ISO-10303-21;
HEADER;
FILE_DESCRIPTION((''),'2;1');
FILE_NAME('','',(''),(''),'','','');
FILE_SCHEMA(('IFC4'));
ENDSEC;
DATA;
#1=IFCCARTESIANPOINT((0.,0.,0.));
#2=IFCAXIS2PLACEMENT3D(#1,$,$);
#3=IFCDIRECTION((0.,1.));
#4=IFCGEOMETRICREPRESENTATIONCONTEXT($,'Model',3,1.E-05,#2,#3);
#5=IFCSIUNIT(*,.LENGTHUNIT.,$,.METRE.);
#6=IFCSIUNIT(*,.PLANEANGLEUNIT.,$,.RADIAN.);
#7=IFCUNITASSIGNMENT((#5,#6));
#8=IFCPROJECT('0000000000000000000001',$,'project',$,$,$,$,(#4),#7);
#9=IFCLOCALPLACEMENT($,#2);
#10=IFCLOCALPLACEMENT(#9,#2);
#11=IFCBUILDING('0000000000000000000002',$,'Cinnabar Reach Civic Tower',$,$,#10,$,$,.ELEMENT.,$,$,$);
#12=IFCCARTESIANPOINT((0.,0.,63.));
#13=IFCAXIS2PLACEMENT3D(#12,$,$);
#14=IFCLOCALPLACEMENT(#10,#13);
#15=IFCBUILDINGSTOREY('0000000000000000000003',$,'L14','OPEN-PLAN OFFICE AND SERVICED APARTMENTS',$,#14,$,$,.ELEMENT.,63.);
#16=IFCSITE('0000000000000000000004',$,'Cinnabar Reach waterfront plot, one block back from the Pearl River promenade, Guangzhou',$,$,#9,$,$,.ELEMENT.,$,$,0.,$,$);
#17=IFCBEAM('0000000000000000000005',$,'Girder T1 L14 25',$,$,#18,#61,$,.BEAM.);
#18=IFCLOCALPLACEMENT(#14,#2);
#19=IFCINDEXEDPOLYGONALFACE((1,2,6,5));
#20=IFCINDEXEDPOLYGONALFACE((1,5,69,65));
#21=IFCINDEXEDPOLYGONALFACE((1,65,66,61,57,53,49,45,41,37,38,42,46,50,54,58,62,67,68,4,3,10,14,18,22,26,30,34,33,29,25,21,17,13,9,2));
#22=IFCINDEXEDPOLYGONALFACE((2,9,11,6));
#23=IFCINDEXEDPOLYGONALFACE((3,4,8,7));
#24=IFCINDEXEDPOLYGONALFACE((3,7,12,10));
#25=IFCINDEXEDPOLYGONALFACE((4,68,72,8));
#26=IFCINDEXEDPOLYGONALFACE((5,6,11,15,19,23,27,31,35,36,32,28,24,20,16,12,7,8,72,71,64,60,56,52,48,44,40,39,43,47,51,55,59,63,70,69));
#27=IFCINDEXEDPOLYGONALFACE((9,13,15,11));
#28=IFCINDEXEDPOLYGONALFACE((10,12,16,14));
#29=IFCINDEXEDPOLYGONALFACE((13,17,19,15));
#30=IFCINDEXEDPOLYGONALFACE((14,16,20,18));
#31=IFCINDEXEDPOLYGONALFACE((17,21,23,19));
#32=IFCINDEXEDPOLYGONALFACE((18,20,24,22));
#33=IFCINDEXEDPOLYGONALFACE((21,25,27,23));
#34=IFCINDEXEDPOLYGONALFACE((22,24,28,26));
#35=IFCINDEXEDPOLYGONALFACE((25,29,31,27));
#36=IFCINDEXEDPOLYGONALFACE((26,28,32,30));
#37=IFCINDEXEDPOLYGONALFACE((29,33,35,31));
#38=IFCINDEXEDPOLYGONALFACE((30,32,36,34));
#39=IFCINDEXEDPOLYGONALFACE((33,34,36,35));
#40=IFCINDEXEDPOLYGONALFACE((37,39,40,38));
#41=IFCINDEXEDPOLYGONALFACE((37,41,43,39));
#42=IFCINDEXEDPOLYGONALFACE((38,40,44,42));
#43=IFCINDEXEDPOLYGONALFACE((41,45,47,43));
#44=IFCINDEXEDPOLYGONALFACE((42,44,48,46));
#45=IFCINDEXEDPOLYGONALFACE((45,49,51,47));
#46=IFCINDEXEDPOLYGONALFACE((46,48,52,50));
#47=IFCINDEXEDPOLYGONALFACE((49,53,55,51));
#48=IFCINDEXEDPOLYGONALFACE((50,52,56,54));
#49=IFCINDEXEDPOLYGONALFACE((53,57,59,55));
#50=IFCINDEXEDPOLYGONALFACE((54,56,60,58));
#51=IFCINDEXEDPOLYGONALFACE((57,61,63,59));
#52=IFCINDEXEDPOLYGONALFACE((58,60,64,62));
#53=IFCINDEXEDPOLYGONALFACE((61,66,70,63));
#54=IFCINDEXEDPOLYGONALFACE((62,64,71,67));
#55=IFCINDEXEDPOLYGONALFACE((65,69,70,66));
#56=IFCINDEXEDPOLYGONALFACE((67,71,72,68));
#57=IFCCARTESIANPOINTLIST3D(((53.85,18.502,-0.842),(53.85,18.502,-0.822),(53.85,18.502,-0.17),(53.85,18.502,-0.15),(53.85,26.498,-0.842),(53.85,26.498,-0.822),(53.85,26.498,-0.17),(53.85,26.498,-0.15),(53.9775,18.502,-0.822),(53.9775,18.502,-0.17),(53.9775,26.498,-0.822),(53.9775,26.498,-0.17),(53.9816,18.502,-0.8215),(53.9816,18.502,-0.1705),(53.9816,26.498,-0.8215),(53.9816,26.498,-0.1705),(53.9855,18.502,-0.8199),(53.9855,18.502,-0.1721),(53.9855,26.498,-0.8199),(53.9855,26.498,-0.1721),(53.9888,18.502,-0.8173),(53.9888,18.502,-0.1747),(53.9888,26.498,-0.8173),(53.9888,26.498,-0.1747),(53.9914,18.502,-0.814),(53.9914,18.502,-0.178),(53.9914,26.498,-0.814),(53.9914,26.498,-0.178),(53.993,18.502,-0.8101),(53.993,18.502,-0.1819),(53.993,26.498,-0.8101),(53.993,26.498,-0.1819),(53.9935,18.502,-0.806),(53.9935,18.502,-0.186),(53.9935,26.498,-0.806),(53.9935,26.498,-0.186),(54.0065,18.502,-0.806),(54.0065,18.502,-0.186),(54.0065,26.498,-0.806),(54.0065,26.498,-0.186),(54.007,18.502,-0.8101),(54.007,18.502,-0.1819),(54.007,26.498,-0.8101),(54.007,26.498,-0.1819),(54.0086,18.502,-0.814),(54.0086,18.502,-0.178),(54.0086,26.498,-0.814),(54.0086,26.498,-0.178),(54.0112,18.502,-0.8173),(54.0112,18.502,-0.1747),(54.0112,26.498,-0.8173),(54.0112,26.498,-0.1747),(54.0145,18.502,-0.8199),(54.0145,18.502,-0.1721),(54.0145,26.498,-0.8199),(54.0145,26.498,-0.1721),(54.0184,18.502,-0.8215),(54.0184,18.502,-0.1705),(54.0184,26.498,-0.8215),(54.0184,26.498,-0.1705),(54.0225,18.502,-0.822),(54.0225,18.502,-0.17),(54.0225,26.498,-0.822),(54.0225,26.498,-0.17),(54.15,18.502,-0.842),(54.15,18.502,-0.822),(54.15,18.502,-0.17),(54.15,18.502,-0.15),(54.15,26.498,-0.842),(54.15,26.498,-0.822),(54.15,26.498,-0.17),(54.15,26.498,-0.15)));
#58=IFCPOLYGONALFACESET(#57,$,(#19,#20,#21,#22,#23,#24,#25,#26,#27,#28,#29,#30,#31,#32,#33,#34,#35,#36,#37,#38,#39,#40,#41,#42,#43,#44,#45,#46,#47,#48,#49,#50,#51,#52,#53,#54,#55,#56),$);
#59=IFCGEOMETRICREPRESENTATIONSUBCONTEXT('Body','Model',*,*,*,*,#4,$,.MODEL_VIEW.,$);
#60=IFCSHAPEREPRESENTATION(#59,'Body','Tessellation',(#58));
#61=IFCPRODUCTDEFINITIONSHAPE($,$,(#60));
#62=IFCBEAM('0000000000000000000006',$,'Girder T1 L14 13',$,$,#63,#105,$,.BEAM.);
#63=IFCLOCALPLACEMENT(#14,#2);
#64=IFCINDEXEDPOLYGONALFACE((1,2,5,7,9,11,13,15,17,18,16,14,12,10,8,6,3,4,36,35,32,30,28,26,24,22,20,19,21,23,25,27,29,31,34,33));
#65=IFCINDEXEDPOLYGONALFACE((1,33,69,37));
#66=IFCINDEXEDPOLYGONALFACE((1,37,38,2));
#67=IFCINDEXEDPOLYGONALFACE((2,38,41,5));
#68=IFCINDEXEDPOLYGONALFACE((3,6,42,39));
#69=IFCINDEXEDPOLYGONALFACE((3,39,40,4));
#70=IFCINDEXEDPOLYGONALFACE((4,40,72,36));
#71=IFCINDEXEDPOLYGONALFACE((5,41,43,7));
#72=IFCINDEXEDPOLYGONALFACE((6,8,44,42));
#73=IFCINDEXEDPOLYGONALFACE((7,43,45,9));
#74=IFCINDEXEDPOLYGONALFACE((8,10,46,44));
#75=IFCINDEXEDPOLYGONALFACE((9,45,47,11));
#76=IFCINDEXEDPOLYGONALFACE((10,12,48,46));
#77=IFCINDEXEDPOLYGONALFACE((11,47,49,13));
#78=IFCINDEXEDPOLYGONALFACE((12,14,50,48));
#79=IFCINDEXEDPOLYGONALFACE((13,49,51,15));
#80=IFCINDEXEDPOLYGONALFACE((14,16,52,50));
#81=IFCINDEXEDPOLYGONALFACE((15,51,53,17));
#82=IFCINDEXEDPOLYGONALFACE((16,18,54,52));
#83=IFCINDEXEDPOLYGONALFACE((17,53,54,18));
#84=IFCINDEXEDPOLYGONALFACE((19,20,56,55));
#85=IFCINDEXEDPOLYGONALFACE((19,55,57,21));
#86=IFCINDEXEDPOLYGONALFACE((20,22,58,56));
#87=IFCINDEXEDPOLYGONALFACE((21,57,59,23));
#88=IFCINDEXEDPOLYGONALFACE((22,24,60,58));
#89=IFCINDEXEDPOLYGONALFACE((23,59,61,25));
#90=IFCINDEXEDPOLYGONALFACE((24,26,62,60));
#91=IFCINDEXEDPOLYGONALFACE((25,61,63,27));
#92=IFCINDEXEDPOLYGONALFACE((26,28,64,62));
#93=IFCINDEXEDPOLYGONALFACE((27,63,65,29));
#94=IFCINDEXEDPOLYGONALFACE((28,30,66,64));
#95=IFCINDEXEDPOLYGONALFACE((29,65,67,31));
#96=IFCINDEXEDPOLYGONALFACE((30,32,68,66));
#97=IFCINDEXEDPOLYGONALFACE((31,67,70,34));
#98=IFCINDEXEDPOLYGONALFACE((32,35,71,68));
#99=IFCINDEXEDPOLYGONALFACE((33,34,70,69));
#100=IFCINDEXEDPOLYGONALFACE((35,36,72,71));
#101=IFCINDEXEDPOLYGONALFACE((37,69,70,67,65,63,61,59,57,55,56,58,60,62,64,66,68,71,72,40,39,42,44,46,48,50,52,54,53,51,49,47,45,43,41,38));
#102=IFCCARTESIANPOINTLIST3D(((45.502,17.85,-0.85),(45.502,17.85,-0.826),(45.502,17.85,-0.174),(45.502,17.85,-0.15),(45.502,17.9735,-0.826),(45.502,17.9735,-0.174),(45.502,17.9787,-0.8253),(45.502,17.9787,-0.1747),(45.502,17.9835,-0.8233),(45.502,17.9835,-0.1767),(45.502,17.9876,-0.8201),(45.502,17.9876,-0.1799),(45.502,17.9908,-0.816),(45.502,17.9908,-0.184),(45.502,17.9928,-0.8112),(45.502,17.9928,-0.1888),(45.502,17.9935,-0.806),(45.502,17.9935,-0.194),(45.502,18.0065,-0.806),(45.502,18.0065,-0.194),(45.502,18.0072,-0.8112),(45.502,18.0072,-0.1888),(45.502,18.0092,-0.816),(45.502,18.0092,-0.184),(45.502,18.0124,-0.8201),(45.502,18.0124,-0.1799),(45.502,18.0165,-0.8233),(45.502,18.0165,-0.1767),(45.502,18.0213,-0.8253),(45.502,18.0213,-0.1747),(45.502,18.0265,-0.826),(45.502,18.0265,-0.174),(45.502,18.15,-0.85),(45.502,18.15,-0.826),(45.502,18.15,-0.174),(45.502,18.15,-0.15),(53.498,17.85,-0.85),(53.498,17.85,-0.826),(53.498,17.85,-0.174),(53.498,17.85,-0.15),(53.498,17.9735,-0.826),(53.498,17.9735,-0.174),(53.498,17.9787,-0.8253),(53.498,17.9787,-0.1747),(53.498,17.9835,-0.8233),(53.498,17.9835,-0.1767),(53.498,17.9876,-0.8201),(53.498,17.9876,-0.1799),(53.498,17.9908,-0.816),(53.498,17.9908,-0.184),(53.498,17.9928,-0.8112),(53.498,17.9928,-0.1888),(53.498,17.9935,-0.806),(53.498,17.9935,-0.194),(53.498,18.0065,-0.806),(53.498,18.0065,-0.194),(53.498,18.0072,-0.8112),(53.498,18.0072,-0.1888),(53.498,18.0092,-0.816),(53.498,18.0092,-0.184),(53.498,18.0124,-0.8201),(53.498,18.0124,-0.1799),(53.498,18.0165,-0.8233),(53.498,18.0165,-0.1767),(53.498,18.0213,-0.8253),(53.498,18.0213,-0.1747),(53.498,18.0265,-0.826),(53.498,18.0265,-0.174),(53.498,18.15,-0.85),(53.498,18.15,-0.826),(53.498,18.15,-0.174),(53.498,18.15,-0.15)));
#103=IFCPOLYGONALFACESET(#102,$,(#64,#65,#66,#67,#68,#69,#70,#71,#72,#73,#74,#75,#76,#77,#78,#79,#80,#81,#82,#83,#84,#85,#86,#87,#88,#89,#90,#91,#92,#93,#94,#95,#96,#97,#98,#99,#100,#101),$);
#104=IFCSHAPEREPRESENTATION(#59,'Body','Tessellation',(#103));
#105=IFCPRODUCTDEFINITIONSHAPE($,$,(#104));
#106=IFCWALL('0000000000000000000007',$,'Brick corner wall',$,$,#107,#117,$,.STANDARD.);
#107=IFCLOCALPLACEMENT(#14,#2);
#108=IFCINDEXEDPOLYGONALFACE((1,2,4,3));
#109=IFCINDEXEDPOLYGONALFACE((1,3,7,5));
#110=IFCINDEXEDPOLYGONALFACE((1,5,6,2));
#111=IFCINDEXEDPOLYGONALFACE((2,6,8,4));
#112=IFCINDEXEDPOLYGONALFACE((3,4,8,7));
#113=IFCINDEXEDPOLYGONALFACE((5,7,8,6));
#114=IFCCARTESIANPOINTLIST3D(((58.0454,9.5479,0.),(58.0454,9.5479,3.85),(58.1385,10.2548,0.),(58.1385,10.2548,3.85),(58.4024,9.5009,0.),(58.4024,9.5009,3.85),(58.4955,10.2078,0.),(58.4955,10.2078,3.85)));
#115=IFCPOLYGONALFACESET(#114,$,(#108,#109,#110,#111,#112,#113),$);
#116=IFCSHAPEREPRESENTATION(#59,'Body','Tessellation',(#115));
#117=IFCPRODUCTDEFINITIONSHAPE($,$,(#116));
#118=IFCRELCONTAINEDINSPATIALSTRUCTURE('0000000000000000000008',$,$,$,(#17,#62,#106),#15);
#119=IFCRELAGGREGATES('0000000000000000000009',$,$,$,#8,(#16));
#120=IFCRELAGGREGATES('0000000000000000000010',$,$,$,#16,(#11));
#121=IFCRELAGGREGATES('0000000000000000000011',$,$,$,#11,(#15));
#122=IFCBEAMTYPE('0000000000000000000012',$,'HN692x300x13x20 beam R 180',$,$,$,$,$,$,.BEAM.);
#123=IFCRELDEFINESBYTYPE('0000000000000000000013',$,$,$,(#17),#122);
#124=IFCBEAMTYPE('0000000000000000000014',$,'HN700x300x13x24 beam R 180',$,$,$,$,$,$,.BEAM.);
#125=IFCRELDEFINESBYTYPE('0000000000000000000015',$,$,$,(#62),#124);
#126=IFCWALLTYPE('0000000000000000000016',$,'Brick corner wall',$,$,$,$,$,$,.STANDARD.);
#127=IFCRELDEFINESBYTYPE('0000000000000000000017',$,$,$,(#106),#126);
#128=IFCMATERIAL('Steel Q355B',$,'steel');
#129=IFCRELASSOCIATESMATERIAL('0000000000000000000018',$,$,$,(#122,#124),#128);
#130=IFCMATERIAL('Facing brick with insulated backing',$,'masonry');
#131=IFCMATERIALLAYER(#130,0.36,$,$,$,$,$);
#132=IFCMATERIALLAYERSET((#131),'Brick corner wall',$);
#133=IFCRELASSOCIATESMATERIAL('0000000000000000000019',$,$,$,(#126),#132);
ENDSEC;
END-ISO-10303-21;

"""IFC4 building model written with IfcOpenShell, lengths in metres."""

from ifc_helpers import new_model, si_unit, direction, frame, frame_2d, origin, origin_2d, place, context, subcontext, project, spatial, rectangle, i_section, extrude, material, layer, layer_set, material_profile, profile_set, type_object, element, save


model = new_model("IFC4")

# Units and contexts
model_context = context("Model", 3, precision=1e-05, world=origin(), true_north=direction((0.0, 1.0)))
body_context = subcontext(model_context, "Body", "Model", "MODEL_VIEW")
ifc_project = project(units=[si_unit("LENGTHUNIT", "METRE"), si_unit("PLANEANGLEUNIT", "RADIAN")], contexts=[model_context])

# Site, building, storey
site_placement = place(None, origin())
site = spatial("IfcSite", under=ifc_project, at=site_placement, Name="Cinnabar Reach waterfront plot, one block back from the Pearl River promenade, Guangzhou", CompositionType="ELEMENT", RefElevation=0.0)
building_placement = place(site_placement, origin())
building = spatial("IfcBuilding", under=site, at=building_placement, Name="Cinnabar Reach Civic Tower", CompositionType="ELEMENT")
storey_placement = place(building_placement, frame((0.0, 0.0, 63.0)))
storey = spatial("IfcBuildingStorey", under=building, at=storey_placement, Name="L14", Description="OPEN-PLAN OFFICE AND SERVICED APARTMENTS", CompositionType="ELEMENT", Elevation=63.0)

# Beams
ifc_material_1 = material(Name="Steel Q355B", Category="steel")
ifc_material_profile_1 = material_profile(ifc_material_1, i_section(OverallWidth=0.3, OverallDepth=0.692, WebThickness=0.013, FlangeThickness=0.02, FilletRadius=0.016, at=origin_2d()), Name="HN692x300x13x20")
ifc_profile_set_1 = profile_set([ifc_material_profile_1], Name="Steel Q355B")
beam_type_1 = type_object("IfcBeamType", Name="HN692x300x13x20 beam R 180", PredefinedType="BEAM", material=ifc_profile_set_1)
beam_1_placement = place(storey_placement, frame((54.0, 18.502, -0.496), z_axis=(0.0, 1.0, 0.0), x_axis=(-1.0, 0.0, 0.0)))
element("IfcBeam", 1, at=beam_1_placement, inside=storey, type_object=beam_type_1, Name="Girder T1 L14 25", PredefinedType="BEAM", context=body_context, shape_type="SweptSolid", body=[
    extrude(i_section(OverallWidth=0.3, OverallDepth=0.692, WebThickness=0.013, FlangeThickness=0.02, FilletRadius=0.016, at=origin_2d()), origin(), (0.0, 0.0, 1.0), 7.996),
])
ifc_material_profile_2 = material_profile(ifc_material_1, i_section(OverallWidth=0.3, OverallDepth=0.7, WebThickness=0.013, FlangeThickness=0.024, FilletRadius=0.02, at=origin_2d()), Name="HN700x300x13x24")
ifc_profile_set_2 = profile_set([ifc_material_profile_2], Name="Steel Q355B")
beam_type_2 = type_object("IfcBeamType", Name="HN700x300x13x24 beam R 180", PredefinedType="BEAM", material=ifc_profile_set_2)
beam_2_placement = place(storey_placement, frame((45.502, 18.0, -0.5), z_axis=(1.0, 0.0, 0.0), x_axis=(0.0, 1.0, 0.0)))
element("IfcBeam", 2, at=beam_2_placement, inside=storey, type_object=beam_type_2, Name="Girder T1 L14 13", PredefinedType="BEAM", context=body_context, shape_type="SweptSolid", body=[
    extrude(i_section(OverallWidth=0.3, OverallDepth=0.7, WebThickness=0.013, FlangeThickness=0.024, FilletRadius=0.02, at=origin_2d()), origin(), (0.0, 0.0, 1.0), 7.996),
])

# Wall
ifc_material_2 = material(Name="Facing brick with insulated backing", Category="masonry")
ifc_layer_1 = layer(ifc_material_2, 0.36)
ifc_layer_set_1 = layer_set([ifc_layer_1], Name="Brick corner wall")
wall_type_1 = type_object("IfcWallType", Name="Brick corner wall", PredefinedType="STANDARD", material=ifc_layer_set_1)
wall_1_placement = place(storey_placement, frame((58.2239, 9.5244, 0.0), z_axis=(0.0, 0.0, 1.0), x_axis=(0.130556, 0.991441, 0.0)))
element("IfcWall", 3, at=wall_1_placement, inside=storey, type_object=wall_type_1, Name="Brick corner wall", PredefinedType="STANDARD", context=body_context, shape_type="SweptSolid", body=[
    extrude(rectangle(XDim=0.7131, YDim=0.36, at=frame_2d((0.3565, 0.0))), origin(), (0.0, 0.0, 1.0), 3.85),
])

save(model, "model.ifc")
